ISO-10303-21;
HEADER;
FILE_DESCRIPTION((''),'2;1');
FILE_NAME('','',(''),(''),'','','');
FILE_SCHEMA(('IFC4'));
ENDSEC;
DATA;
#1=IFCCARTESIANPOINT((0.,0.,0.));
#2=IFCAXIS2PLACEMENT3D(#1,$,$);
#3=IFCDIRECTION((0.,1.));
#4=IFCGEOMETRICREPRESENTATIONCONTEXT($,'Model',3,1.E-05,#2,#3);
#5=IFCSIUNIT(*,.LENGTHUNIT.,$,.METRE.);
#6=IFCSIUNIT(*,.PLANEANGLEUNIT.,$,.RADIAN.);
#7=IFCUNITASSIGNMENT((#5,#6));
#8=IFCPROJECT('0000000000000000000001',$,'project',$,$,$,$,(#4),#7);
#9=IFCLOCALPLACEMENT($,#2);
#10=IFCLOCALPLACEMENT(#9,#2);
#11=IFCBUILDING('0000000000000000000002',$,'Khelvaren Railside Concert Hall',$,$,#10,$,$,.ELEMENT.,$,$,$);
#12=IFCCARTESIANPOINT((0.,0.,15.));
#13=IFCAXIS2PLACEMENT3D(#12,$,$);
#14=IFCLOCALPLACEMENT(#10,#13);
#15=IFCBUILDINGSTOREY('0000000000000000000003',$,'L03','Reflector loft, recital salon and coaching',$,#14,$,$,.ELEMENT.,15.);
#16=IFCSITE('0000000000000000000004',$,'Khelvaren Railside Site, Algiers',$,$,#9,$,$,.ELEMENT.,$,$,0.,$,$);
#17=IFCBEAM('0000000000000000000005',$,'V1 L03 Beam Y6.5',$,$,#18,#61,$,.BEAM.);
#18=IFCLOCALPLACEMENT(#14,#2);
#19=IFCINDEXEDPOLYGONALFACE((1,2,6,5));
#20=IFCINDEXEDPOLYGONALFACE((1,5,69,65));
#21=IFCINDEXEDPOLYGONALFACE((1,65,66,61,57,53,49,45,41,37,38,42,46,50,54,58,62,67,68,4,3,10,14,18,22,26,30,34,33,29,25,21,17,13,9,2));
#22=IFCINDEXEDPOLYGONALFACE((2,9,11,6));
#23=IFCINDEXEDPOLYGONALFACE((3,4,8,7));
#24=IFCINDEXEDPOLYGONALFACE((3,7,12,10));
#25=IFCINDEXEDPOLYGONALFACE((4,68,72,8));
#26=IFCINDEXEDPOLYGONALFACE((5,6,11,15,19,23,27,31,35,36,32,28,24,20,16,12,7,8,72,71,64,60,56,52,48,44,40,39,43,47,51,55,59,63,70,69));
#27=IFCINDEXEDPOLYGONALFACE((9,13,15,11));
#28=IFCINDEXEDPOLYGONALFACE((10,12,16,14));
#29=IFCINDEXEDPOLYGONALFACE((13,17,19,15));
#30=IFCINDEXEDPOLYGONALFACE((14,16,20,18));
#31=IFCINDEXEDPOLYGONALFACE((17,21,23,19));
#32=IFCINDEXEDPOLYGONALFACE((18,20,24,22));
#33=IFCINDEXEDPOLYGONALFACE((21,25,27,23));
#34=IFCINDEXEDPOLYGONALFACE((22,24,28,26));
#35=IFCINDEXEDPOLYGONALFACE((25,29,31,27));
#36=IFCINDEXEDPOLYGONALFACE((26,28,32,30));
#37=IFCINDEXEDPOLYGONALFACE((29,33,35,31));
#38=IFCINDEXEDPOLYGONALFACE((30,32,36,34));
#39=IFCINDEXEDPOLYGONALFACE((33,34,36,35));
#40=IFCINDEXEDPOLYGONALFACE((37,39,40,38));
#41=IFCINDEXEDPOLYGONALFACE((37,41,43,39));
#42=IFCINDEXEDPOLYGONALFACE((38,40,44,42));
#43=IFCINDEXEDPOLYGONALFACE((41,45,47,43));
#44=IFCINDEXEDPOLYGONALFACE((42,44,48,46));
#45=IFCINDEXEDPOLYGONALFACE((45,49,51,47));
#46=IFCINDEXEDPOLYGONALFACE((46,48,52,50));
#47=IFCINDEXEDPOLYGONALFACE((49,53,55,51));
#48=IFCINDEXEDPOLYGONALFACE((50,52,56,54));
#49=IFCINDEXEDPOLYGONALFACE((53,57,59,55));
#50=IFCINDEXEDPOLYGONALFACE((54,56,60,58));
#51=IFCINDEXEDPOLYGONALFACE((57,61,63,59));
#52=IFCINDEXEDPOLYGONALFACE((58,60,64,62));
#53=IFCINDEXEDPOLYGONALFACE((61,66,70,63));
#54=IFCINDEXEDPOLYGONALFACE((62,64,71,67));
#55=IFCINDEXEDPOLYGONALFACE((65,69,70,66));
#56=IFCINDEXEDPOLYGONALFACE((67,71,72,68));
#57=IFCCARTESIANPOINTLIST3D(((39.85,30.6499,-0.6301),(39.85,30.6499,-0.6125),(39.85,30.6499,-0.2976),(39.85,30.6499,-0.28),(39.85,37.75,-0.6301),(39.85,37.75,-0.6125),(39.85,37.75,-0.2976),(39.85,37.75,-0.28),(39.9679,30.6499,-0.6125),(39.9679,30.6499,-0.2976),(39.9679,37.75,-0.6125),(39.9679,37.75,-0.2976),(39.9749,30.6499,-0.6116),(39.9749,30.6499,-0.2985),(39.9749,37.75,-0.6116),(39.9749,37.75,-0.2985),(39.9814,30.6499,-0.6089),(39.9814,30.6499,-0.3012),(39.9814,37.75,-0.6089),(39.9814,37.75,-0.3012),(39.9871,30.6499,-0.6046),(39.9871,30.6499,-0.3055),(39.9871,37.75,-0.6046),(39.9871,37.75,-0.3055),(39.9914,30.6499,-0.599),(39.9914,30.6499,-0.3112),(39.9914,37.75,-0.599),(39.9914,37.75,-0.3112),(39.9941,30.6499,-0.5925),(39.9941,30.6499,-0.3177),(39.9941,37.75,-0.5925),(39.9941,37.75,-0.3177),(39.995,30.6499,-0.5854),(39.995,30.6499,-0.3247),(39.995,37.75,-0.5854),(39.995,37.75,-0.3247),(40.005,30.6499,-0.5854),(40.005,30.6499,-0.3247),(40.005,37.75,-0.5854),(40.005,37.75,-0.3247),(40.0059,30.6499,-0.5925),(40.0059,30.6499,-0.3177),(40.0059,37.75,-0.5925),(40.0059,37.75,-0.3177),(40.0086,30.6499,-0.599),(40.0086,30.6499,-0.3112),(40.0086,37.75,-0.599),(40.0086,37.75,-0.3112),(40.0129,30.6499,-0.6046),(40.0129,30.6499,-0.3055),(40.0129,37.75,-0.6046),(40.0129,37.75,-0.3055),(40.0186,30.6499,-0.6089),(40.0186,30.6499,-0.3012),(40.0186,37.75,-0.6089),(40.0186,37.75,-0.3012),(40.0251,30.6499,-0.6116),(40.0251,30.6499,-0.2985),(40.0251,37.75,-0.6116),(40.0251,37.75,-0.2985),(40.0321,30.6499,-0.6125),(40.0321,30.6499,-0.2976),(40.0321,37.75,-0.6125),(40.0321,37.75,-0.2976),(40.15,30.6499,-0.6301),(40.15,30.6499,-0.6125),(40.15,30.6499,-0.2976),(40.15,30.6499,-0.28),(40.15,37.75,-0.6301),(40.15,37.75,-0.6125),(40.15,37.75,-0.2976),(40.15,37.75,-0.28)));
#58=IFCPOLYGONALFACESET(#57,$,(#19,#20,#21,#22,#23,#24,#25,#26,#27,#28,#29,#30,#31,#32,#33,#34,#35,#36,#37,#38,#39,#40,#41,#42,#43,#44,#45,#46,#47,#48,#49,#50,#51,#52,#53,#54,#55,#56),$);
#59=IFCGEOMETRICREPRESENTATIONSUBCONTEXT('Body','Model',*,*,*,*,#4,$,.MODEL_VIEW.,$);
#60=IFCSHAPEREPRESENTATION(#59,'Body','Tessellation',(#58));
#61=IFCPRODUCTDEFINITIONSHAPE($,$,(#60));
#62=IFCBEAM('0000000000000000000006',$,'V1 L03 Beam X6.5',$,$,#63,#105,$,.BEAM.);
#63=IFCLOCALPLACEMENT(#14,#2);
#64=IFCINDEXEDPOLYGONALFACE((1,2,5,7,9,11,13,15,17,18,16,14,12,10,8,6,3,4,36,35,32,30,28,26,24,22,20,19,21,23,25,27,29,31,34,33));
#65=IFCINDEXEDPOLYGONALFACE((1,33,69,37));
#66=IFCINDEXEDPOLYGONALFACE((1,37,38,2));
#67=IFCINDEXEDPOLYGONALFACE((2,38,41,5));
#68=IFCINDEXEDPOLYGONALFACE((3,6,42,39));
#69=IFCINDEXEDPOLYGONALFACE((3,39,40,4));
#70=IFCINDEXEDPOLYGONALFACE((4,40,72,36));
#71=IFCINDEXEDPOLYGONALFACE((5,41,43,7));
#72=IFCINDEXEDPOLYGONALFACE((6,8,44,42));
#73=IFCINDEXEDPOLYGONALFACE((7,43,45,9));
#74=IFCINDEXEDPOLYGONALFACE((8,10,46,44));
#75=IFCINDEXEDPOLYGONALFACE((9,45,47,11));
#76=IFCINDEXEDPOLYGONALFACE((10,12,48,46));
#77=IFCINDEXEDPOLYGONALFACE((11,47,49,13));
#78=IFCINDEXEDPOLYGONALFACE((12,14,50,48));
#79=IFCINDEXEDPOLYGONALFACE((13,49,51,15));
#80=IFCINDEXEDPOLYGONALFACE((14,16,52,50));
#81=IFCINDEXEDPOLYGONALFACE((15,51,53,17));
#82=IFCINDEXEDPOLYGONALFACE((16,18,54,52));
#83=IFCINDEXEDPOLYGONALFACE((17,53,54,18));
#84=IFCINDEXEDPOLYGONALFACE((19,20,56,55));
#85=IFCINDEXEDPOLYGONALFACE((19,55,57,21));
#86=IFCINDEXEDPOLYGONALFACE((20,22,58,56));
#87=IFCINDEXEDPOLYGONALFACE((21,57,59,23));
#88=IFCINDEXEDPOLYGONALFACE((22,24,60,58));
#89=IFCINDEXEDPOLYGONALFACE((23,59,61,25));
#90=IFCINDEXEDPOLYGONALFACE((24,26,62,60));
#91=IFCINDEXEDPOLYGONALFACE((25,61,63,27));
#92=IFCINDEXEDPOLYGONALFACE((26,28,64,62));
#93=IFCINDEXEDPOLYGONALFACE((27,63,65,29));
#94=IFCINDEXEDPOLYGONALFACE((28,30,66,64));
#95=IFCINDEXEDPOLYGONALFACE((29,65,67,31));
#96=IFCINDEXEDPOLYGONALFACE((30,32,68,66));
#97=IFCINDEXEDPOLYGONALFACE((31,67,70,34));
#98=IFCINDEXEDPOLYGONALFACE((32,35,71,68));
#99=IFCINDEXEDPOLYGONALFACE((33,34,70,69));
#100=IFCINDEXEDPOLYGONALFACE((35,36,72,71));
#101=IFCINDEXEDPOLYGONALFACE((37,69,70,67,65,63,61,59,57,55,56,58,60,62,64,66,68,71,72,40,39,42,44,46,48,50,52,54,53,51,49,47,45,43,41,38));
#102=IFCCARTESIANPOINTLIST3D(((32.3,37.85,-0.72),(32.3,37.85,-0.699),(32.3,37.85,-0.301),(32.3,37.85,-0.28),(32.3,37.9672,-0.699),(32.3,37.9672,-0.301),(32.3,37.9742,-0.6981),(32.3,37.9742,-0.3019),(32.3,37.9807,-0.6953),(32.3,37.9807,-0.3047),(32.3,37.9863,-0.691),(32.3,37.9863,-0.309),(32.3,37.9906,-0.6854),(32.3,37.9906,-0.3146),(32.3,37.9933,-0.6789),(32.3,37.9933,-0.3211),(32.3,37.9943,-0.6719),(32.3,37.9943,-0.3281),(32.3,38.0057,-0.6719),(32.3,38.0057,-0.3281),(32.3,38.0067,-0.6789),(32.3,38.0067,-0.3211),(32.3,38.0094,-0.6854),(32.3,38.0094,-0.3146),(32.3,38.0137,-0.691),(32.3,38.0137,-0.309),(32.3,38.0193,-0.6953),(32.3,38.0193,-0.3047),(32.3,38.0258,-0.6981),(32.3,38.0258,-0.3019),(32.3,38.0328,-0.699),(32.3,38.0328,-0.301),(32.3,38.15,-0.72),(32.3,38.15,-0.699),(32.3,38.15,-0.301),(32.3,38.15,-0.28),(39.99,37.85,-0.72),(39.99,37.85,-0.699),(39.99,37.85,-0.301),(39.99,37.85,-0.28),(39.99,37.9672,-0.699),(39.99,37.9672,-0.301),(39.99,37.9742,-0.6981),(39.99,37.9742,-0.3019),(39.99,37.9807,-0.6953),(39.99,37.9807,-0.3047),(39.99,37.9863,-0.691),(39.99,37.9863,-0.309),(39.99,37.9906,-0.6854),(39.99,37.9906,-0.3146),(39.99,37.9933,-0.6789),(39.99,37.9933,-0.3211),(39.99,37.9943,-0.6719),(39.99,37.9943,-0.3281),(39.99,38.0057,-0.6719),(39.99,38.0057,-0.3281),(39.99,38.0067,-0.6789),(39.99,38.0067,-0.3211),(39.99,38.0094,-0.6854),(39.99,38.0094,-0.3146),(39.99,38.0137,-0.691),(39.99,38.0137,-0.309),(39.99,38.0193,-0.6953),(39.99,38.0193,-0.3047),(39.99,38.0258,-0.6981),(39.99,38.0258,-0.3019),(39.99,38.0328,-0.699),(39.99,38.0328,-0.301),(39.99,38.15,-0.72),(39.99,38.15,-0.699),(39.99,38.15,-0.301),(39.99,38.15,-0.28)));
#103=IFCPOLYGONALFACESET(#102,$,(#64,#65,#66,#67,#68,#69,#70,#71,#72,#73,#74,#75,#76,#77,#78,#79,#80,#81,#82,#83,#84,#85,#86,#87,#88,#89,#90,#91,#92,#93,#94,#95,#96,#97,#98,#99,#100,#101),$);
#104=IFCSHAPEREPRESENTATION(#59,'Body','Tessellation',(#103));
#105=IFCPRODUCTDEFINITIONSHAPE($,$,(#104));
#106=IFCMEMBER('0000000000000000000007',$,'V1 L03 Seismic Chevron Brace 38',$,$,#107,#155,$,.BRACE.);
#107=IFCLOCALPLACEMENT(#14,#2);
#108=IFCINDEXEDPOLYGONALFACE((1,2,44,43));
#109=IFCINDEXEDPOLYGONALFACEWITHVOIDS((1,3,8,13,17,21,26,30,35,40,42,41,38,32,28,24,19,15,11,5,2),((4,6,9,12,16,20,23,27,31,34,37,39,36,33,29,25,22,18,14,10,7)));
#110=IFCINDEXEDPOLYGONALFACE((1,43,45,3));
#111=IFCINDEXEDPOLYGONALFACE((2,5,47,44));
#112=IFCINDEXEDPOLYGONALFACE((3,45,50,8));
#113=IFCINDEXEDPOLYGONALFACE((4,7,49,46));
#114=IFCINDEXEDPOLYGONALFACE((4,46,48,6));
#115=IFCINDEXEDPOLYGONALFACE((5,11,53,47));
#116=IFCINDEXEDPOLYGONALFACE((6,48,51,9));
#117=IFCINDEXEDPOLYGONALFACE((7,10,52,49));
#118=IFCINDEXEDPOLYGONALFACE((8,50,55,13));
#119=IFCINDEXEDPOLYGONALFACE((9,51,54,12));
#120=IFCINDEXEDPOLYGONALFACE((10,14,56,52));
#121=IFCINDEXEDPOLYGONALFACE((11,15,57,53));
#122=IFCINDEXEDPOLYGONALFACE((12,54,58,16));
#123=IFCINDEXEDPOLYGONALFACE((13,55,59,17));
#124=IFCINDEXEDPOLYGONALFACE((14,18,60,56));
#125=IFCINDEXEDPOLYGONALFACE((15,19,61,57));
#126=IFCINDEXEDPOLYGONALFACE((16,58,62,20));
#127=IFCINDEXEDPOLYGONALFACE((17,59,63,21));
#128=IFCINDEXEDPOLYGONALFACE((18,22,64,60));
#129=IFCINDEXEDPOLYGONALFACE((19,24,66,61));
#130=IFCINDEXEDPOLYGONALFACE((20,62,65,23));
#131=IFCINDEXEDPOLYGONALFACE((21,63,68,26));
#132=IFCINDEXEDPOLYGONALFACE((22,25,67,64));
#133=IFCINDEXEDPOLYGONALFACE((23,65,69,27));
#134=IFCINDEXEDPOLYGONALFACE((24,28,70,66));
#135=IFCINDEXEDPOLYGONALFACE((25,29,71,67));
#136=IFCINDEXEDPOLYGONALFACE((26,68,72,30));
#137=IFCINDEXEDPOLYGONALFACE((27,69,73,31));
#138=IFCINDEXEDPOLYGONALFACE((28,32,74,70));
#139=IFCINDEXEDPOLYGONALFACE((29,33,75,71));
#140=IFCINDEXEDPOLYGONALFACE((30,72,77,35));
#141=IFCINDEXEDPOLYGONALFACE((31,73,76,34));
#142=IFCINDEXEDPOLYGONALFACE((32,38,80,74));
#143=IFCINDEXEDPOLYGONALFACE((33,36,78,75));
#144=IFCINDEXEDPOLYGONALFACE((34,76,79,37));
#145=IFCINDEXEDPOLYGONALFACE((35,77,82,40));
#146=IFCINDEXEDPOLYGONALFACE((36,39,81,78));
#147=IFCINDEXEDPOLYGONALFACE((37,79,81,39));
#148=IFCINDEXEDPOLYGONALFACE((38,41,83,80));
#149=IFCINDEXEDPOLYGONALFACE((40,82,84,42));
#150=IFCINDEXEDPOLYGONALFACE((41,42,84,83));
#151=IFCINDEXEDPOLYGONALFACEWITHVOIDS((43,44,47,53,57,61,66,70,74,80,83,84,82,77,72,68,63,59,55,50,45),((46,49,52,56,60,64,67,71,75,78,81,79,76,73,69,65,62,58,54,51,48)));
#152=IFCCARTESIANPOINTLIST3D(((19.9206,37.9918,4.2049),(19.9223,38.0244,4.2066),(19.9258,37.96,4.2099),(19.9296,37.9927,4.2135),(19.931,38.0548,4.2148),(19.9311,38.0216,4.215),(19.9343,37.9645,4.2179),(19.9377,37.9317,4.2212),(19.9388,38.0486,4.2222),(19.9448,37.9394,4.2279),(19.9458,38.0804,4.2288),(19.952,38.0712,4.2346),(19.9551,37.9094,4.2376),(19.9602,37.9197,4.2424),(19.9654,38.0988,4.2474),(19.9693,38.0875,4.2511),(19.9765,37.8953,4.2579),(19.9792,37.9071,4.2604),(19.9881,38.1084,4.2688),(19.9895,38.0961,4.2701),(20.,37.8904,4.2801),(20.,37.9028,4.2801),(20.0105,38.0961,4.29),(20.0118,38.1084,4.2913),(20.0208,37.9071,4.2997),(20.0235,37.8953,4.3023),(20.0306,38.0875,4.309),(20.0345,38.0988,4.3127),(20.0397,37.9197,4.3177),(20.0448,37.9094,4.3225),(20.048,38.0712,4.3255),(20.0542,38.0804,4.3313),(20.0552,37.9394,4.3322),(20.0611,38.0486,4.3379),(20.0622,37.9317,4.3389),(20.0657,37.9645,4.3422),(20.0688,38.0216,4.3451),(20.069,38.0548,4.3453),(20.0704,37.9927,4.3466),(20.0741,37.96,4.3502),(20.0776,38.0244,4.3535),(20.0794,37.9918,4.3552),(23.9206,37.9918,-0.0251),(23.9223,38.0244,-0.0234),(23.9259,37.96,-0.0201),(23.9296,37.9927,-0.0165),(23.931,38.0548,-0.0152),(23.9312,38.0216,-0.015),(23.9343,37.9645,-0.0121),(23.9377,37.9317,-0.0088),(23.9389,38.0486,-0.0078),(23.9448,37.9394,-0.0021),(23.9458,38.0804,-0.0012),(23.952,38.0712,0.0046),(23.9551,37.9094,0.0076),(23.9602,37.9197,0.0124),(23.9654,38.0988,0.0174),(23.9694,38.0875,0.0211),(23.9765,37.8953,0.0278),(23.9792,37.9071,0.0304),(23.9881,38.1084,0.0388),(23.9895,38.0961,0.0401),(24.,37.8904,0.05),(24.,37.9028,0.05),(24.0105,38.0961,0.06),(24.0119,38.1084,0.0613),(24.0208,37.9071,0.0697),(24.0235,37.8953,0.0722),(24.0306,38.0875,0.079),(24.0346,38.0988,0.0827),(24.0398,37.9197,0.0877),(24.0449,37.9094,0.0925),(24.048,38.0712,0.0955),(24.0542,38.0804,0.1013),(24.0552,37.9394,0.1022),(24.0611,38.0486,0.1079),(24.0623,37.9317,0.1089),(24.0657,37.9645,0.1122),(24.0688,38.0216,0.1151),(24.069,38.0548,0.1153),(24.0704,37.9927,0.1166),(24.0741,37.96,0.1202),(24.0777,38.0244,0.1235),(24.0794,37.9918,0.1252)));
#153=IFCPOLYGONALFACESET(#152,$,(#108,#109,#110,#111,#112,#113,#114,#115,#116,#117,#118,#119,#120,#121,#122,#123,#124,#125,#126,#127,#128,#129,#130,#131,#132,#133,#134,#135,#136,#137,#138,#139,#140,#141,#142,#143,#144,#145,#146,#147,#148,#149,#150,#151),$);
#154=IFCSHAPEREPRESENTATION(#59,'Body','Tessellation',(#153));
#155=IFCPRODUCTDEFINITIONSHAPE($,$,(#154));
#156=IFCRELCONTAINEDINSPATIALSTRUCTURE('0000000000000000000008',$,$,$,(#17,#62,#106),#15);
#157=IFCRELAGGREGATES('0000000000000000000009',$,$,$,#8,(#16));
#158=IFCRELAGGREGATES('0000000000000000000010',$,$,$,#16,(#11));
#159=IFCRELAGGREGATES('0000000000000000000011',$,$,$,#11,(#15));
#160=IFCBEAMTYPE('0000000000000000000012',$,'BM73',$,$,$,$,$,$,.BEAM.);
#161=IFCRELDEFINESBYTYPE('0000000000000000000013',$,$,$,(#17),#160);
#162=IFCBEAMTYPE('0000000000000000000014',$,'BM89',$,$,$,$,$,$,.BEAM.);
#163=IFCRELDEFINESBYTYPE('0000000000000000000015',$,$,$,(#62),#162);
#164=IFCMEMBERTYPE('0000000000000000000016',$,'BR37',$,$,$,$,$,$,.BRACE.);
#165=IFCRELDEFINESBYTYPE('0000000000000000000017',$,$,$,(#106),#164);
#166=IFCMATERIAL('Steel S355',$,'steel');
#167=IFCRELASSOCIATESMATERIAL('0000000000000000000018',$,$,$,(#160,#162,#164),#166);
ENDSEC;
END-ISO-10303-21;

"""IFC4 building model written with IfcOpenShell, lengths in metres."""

from ifc_helpers import new_model, si_unit, direction, frame, origin, origin_2d, place, context, subcontext, project, spatial, hollow_circle, i_section, extrude, material, material_profile, profile_set, type_object, element, save


model = new_model("IFC4")

# Units and contexts
model_context = context("Model", 3, precision=1e-05, world=origin(), true_north=direction((0.0, 1.0)))
body_context = subcontext(model_context, "Body", "Model", "MODEL_VIEW")
ifc_project = project(units=[si_unit("LENGTHUNIT", "METRE"), si_unit("PLANEANGLEUNIT", "RADIAN")], contexts=[model_context])

# Site, building, storey
site_placement = place(None, origin())
site = spatial("IfcSite", under=ifc_project, at=site_placement, Name="Khelvaren Railside Site, Algiers", CompositionType="ELEMENT", RefElevation=0.0)
building_placement = place(site_placement, origin())
building = spatial("IfcBuilding", under=site, at=building_placement, Name="Khelvaren Railside Concert Hall", CompositionType="ELEMENT")
storey_placement = place(building_placement, frame((0.0, 0.0, 15.0)))
storey = spatial("IfcBuildingStorey", under=building, at=storey_placement, Name="L03", Description="Reflector loft, recital salon and coaching", CompositionType="ELEMENT", Elevation=15.0)

# Shared definitions
ifc_material_1 = material(Name="Steel S355", Category="steel")

# Beams
ifc_material_profile_1 = material_profile(ifc_material_1, i_section(OverallWidth=0.3, OverallDepth=0.3501, WebThickness=0.01, FlangeThickness=0.0176, FilletRadius=0.0271, at=origin_2d()), Name="HEA 360")
ifc_profile_set_1 = profile_set([ifc_material_profile_1], Name="Steel S355")
beam_type_1 = type_object("IfcBeamType", Name="BM73", PredefinedType="BEAM", material=ifc_profile_set_1)
beam_1_placement = place(storey_placement, frame((40.0, 30.6499, -0.4551), z_axis=(0.0, 1.0, 0.0), x_axis=(-1.0, 0.0, 0.0)))
element("IfcBeam", 1, at=beam_1_placement, inside=storey, type_object=beam_type_1, Name="V1 L03 Beam Y6.5", PredefinedType="BEAM", context=body_context, shape_type="SweptSolid", body=[
    extrude(i_section(OverallWidth=0.3, OverallDepth=0.3501, WebThickness=0.01, FlangeThickness=0.0176, FilletRadius=0.0271, at=origin_2d()), origin(), (0.0, 0.0, 1.0), 7.1001),
])
ifc_material_profile_2 = material_profile(ifc_material_1, i_section(OverallWidth=0.3, OverallDepth=0.4399, WebThickness=0.0115, FlangeThickness=0.021, FilletRadius=0.0271, at=origin_2d()), Name="HEA 450")
ifc_profile_set_2 = profile_set([ifc_material_profile_2], Name="Steel S355")
beam_type_2 = type_object("IfcBeamType", Name="BM89", PredefinedType="BEAM", material=ifc_profile_set_2)
beam_2_placement = place(storey_placement, frame((32.3, 38.0, -0.5), z_axis=(1.0, 0.0, 0.0), x_axis=(0.0, 1.0, 0.0)))
element("IfcBeam", 2, at=beam_2_placement, inside=storey, type_object=beam_type_2, Name="V1 L03 Beam X6.5", PredefinedType="BEAM", context=body_context, shape_type="SweptSolid", body=[
    extrude(i_section(OverallWidth=0.3, OverallDepth=0.4399, WebThickness=0.0115, FlangeThickness=0.021, FilletRadius=0.0271, at=origin_2d()), origin(), (0.0, 0.0, 1.0), 7.6899),
])

# Member
ifc_material_profile_3 = material_profile(ifc_material_1, hollow_circle(Radius=0.1096, WallThickness=0.0125, at=origin_2d()), Name="CHS 219.1x12.5")
ifc_profile_set_3 = profile_set([ifc_material_profile_3], Name="Steel S355")
member_type_1 = type_object("IfcMemberType", Name="BR37", PredefinedType="BRACE", material=ifc_profile_set_3)
member_placement = place(storey_placement, frame((24.0, 38.0, 0.05), z_axis=(-0.687079, 0.0, 0.726583), x_axis=(0.0, -1.0, 0.0)))
element("IfcMember", 3, at=member_placement, inside=storey, type_object=member_type_1, Name="V1 L03 Seismic Chevron Brace 38", PredefinedType="BRACE", context=body_context, shape_type="SweptSolid", body=[
    extrude(hollow_circle(Radius=0.1096, WallThickness=0.0125, at=origin_2d()), origin(), (0.0, 0.0, 1.0), 5.8218),
])

save(model, "model.ifc")
